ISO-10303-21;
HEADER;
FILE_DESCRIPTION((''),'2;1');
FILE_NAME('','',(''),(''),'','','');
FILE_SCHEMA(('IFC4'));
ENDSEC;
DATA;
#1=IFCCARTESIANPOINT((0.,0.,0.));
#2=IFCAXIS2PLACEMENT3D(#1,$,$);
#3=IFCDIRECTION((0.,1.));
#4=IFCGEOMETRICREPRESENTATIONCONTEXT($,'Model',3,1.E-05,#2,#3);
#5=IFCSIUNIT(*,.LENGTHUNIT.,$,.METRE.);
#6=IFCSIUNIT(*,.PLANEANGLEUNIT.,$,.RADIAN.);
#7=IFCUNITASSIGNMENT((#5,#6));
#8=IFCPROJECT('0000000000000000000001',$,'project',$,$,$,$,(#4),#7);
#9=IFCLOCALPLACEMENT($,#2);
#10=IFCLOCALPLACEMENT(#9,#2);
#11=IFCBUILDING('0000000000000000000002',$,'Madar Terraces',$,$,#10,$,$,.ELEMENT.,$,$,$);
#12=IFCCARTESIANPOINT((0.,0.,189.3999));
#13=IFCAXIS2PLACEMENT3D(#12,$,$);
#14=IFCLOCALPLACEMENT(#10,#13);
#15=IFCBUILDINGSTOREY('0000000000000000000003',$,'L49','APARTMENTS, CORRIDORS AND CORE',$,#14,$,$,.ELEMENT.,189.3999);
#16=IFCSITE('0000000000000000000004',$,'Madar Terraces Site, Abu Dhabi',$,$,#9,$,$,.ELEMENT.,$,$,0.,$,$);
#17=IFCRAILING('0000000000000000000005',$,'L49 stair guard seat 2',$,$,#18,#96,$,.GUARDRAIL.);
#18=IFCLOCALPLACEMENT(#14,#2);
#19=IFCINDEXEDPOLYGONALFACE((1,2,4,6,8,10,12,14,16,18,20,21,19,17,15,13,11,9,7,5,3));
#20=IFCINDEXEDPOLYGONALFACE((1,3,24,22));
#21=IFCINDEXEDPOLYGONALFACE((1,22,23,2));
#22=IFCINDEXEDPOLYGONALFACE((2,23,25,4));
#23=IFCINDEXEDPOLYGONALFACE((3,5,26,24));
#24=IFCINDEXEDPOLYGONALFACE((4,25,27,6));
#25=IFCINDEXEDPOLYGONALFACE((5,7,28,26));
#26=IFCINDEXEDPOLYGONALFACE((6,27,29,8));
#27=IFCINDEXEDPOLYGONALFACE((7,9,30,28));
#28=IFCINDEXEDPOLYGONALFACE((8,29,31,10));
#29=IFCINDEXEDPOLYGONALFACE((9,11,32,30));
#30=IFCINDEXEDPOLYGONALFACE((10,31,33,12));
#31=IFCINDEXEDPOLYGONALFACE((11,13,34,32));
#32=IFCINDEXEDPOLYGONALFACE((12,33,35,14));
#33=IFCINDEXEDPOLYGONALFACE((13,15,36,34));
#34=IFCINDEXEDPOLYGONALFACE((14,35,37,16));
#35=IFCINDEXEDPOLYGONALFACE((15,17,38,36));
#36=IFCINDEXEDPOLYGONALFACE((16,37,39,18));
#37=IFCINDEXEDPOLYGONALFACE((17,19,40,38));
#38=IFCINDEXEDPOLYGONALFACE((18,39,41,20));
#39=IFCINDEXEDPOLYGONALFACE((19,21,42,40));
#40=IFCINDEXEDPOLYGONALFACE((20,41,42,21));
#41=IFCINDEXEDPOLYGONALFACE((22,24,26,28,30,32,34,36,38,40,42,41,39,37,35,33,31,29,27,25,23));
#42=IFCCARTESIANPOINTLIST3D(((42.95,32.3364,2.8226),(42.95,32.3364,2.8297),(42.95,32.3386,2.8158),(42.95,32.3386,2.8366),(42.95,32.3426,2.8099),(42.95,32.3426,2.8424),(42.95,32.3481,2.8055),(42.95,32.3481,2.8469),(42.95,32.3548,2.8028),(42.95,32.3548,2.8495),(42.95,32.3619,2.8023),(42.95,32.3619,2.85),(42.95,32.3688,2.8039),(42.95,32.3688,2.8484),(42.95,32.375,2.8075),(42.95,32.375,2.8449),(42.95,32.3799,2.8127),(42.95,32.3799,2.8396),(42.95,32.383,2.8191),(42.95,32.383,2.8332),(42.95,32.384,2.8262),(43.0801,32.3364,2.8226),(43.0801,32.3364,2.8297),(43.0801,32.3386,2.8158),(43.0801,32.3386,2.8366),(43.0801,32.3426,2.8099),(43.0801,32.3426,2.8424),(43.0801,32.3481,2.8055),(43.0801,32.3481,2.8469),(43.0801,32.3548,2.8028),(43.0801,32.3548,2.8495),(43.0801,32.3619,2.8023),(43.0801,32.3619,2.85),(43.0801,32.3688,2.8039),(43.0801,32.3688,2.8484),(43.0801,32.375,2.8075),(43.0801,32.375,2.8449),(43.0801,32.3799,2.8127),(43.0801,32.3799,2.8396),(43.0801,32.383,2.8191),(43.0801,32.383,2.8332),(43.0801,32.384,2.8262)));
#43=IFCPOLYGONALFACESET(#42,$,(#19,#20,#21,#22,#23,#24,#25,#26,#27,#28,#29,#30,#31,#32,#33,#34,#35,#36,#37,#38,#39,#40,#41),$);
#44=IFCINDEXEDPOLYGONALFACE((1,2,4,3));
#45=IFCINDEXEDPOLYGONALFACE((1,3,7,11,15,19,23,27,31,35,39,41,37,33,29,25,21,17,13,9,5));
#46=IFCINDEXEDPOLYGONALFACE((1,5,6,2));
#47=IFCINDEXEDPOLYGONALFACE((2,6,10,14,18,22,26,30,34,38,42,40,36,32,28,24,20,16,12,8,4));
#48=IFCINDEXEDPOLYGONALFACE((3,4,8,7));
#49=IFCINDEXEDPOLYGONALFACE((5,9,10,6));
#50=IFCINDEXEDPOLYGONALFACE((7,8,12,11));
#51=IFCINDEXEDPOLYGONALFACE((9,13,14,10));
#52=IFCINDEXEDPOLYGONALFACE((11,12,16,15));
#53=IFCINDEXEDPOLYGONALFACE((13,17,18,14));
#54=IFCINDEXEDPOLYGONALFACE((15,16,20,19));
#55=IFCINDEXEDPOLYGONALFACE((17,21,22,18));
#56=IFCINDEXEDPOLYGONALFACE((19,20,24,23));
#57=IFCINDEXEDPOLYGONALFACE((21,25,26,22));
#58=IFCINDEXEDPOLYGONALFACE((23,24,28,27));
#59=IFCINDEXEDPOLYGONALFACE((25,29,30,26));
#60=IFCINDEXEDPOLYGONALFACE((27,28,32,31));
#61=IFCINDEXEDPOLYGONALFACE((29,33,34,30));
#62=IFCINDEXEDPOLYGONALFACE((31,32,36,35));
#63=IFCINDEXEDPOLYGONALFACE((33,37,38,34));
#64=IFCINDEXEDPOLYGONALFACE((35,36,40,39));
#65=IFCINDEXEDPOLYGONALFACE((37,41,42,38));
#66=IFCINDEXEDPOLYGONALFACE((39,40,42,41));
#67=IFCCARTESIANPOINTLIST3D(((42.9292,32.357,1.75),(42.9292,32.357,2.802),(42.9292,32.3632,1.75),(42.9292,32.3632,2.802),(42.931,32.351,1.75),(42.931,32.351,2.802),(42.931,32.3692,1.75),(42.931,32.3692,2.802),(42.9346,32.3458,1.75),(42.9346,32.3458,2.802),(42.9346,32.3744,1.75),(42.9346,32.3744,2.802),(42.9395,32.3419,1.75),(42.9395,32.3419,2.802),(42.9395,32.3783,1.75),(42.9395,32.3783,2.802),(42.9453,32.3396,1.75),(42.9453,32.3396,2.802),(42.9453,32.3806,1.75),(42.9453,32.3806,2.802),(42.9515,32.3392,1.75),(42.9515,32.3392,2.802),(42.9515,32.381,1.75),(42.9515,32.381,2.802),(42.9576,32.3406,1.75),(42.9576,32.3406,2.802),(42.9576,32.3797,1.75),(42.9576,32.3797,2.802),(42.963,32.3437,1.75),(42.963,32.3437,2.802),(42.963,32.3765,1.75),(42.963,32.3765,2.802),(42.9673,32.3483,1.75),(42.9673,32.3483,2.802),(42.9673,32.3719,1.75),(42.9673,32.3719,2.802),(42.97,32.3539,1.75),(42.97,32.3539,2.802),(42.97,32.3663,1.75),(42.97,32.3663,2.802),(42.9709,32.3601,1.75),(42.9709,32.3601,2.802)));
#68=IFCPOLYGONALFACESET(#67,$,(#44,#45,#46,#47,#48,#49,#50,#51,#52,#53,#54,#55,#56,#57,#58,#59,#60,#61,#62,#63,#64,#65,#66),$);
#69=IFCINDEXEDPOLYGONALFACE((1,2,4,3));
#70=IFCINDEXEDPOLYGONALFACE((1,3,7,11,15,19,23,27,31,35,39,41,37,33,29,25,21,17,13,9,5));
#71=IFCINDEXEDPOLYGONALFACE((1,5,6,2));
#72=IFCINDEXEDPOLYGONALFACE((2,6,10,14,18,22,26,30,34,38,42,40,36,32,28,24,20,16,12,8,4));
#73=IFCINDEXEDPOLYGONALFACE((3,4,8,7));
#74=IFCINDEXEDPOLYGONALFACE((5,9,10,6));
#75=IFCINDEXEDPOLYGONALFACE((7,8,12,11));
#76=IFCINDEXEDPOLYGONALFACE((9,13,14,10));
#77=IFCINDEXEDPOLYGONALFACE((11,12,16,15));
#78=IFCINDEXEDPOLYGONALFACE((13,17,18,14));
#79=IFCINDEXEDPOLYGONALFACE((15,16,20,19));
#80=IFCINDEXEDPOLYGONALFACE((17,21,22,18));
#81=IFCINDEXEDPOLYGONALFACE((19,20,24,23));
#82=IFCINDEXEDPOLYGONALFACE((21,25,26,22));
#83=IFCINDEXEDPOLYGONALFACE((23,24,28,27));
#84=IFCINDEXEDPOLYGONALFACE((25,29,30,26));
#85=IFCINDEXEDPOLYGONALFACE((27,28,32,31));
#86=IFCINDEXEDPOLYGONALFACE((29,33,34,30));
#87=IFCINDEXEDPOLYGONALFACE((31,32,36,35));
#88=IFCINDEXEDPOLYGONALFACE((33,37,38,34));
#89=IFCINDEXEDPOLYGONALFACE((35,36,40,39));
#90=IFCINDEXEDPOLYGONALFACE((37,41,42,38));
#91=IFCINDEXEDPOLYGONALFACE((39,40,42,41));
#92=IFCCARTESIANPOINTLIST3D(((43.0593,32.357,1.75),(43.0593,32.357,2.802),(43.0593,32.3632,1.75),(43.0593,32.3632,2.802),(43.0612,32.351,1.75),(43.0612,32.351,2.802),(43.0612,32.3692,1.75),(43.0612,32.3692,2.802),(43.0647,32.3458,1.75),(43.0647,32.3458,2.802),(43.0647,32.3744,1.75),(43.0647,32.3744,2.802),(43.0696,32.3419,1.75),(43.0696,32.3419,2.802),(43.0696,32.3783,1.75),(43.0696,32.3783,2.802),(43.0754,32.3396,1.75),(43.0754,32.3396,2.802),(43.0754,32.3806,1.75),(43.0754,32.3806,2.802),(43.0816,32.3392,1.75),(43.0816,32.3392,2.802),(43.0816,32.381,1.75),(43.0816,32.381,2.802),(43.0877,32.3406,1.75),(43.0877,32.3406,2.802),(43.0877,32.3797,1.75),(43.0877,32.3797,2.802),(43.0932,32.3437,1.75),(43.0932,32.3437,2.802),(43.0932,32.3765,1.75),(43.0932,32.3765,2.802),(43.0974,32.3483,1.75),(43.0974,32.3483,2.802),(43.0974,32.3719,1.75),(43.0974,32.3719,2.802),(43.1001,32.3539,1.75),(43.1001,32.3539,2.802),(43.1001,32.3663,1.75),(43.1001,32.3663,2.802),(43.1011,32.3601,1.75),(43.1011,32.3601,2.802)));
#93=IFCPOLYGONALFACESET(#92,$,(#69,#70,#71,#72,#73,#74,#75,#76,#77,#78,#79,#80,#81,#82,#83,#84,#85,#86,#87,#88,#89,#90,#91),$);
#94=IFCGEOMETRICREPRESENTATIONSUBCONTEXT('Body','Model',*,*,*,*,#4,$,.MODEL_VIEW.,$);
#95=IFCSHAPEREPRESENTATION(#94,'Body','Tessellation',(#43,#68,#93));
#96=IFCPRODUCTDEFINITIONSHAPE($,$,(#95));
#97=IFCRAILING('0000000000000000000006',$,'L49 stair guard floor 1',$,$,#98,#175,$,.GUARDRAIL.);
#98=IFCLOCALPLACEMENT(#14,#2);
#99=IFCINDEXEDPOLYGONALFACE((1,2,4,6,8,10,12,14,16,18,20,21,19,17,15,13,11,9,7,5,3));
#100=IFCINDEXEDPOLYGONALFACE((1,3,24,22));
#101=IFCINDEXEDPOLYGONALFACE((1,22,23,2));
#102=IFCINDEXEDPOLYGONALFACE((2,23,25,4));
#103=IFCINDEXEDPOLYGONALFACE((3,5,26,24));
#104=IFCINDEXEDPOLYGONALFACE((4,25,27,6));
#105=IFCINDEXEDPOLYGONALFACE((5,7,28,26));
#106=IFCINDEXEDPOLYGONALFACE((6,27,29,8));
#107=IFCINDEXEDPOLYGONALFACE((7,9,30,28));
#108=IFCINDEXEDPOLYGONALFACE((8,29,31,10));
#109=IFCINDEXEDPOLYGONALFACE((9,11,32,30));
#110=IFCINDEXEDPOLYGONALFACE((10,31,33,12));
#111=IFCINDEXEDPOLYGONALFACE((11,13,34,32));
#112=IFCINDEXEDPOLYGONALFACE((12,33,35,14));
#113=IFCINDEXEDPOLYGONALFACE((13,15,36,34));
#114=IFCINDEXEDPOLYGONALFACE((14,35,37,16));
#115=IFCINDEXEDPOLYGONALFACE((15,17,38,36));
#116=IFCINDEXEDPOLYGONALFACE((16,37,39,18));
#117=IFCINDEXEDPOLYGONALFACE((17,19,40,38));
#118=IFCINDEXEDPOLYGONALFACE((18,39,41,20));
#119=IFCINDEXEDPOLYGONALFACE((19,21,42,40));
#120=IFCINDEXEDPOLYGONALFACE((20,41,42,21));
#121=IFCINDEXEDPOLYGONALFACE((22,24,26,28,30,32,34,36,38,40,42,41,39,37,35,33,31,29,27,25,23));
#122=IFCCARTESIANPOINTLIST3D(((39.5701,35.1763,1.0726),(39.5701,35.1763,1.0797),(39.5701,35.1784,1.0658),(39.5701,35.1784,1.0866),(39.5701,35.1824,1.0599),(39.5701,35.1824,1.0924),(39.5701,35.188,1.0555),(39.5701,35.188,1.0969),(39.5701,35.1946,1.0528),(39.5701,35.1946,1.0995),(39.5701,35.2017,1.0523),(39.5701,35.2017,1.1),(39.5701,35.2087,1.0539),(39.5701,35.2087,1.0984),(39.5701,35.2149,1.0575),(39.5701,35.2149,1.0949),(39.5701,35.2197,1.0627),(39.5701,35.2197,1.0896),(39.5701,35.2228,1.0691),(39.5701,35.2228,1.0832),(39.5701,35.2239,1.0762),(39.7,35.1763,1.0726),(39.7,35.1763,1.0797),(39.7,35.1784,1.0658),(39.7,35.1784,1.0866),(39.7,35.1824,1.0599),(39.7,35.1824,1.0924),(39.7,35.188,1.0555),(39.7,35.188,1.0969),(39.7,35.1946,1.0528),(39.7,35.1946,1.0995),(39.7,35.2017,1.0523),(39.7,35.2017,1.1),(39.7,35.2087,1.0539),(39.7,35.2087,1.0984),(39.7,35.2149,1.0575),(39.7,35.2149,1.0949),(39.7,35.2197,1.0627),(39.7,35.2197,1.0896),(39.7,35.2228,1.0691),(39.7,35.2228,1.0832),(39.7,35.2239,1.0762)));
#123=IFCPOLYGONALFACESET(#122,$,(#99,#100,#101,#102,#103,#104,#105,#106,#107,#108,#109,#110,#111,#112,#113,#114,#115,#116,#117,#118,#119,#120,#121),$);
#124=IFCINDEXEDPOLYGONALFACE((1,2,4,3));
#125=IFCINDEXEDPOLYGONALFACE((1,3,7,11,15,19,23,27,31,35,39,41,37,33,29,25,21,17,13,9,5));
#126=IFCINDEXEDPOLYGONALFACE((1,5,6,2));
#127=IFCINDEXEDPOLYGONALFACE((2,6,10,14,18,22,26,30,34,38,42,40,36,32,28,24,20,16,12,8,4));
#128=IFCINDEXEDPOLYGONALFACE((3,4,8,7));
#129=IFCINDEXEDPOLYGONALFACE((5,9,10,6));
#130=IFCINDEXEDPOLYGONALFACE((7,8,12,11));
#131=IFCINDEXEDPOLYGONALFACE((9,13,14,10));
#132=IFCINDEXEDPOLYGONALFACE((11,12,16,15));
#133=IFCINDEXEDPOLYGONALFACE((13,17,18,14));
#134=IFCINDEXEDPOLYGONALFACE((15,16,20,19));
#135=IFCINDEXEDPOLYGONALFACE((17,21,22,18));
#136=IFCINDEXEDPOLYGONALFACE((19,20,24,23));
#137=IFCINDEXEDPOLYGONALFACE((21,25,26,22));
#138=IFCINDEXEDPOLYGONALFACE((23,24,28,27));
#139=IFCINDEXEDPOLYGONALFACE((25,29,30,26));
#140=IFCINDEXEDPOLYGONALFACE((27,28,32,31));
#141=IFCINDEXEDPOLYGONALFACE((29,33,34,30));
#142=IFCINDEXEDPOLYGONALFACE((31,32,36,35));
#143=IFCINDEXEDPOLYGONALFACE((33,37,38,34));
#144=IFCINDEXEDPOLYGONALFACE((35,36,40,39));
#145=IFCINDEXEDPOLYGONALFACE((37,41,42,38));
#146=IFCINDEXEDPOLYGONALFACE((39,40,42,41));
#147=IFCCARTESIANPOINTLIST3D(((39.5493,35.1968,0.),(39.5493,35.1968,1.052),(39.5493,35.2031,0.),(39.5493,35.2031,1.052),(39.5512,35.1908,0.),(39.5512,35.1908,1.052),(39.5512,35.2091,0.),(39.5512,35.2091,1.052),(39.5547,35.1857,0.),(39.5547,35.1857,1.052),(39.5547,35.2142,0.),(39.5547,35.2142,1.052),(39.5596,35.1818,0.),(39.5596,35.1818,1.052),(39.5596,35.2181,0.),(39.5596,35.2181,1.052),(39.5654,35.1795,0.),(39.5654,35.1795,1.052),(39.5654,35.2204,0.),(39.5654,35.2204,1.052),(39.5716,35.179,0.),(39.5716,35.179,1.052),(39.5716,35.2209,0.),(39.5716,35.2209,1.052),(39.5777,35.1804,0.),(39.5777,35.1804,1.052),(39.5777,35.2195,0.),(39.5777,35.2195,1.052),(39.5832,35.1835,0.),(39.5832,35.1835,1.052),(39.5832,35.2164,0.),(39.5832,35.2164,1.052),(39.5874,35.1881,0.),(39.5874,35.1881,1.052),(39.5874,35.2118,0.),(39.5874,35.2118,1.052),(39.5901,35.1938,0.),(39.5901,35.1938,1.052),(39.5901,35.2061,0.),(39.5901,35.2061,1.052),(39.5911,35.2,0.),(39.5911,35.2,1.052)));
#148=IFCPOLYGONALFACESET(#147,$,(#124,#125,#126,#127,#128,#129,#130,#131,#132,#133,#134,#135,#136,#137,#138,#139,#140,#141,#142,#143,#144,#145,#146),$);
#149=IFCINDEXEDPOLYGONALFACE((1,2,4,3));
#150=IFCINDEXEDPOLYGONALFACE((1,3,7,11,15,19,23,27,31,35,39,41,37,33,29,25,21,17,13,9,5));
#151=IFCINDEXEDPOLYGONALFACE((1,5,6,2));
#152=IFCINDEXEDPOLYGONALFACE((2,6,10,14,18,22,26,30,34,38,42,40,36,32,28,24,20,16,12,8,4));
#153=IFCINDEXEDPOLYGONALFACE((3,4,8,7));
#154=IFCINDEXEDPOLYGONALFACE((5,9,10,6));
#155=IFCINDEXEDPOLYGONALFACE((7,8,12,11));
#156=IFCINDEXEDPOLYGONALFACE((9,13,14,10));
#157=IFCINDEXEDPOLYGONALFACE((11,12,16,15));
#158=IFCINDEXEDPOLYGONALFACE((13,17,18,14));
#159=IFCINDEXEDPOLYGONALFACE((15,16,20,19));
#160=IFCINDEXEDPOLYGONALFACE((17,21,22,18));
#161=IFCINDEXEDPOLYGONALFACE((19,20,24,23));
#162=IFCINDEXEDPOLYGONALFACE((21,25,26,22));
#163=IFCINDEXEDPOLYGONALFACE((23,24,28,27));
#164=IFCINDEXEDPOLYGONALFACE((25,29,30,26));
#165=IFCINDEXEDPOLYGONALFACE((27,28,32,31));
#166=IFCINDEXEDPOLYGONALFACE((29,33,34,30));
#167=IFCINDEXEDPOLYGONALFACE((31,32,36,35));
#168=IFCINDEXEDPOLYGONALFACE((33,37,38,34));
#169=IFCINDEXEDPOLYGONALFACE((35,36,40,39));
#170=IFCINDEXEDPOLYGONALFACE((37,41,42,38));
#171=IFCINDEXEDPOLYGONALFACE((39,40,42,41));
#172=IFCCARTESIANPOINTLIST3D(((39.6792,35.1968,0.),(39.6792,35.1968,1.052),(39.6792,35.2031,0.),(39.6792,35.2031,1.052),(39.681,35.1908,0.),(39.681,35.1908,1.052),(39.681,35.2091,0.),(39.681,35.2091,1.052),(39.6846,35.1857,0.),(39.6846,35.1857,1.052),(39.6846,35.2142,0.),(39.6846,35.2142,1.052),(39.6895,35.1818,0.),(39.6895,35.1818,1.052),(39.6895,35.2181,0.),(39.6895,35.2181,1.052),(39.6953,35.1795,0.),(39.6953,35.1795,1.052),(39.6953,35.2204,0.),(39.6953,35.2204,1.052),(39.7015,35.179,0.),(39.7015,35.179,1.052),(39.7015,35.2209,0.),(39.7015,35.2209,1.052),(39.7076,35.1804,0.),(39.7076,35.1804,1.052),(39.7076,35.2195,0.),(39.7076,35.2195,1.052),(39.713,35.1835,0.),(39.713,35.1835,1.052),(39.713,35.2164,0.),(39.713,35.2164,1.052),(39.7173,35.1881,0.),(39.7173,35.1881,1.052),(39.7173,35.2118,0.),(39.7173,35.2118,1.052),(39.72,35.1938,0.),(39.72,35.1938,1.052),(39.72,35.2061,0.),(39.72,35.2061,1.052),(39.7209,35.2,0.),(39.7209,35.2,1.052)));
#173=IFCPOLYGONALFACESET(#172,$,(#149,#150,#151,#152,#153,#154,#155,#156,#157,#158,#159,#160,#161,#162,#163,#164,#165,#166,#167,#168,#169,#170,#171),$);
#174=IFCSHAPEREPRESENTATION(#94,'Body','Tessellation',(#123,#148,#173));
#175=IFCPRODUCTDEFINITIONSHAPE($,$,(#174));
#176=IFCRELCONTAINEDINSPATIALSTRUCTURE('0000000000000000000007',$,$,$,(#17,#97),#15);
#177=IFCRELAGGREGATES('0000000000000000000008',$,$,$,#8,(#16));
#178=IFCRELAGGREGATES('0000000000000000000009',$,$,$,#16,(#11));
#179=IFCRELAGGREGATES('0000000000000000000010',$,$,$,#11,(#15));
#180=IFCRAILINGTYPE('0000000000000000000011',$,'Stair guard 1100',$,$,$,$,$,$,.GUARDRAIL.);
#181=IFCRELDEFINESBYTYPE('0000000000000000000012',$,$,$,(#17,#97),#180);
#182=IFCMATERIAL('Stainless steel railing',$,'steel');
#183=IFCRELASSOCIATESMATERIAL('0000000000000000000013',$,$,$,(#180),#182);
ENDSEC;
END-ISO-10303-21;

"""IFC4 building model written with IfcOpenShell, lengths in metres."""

from ifc_helpers import new_model, si_unit, direction, frame, origin, origin_2d, place, context, subcontext, project, spatial, circle, extrude, material, type_object, element, save


model = new_model("IFC4")

# Units and contexts
model_context = context("Model", 3, precision=1e-05, world=origin(), true_north=direction((0.0, 1.0)))
body_context = subcontext(model_context, "Body", "Model", "MODEL_VIEW")
ifc_project = project(units=[si_unit("LENGTHUNIT", "METRE"), si_unit("PLANEANGLEUNIT", "RADIAN")], contexts=[model_context])

# Site, building, storey
site_placement = place(None, origin())
site = spatial("IfcSite", under=ifc_project, at=site_placement, Name="Madar Terraces Site, Abu Dhabi", CompositionType="ELEMENT", RefElevation=0.0)
building_placement = place(site_placement, origin())
building = spatial("IfcBuilding", under=site, at=building_placement, Name="Madar Terraces", CompositionType="ELEMENT")
storey_placement = place(building_placement, frame((0.0, 0.0, 189.3999)))
storey = spatial("IfcBuildingStorey", under=building, at=storey_placement, Name="L49", Description="APARTMENTS, CORRIDORS AND CORE", CompositionType="ELEMENT", Elevation=189.3999)

# Railings
ifc_material_1 = material(Name="Stainless steel railing", Category="steel")
railing_type_1 = type_object("IfcRailingType", Name="Stair guard 1100", PredefinedType="GUARDRAIL", material=ifc_material_1)
railing_1_placement = place(storey_placement, frame((42.95, 32.3601, 1.75)))
element("IfcRailing", 1, at=railing_1_placement, inside=storey, type_object=railing_type_1, Name="L49 stair guard seat 2", PredefinedType="GUARDRAIL", context=body_context, shape_type="SweptSolid", body=[
    extrude(circle(Radius=0.0239, at=origin_2d()), frame((0.0, 0.0, 1.0762), z_axis=(1.0, 0.0, 0.0), x_axis=(0.0, 1.0, 0.0)), (0.0, 0.0, 1.0), 0.1301),
    extrude(circle(Radius=0.021, at=origin_2d()), origin(), (0.0, 0.0, 1.0), 1.052),
    extrude(circle(Radius=0.021, at=origin_2d()), frame((0.1301, 0.0, 0.0)), (0.0, 0.0, 1.0), 1.052),
])
railing_2_placement = place(storey_placement, frame((39.5701, 35.2, 0.0)))
element("IfcRailing", 2, at=railing_2_placement, inside=storey, type_object=railing_type_1, Name="L49 stair guard floor 1", PredefinedType="GUARDRAIL", context=body_context, shape_type="SweptSolid", body=[
    extrude(circle(Radius=0.0239, at=origin_2d()), frame((0.0, 0.0, 1.0762), z_axis=(1.0, 0.0, 0.0), x_axis=(0.0, 1.0, 0.0)), (0.0, 0.0, 1.0), 0.1299),
    extrude(circle(Radius=0.021, at=origin_2d()), origin(), (0.0, 0.0, 1.0), 1.052),
    extrude(circle(Radius=0.021, at=origin_2d()), frame((0.1299, 0.0, 0.0)), (0.0, 0.0, 1.0), 1.052),
])

save(model, "model.ifc")
